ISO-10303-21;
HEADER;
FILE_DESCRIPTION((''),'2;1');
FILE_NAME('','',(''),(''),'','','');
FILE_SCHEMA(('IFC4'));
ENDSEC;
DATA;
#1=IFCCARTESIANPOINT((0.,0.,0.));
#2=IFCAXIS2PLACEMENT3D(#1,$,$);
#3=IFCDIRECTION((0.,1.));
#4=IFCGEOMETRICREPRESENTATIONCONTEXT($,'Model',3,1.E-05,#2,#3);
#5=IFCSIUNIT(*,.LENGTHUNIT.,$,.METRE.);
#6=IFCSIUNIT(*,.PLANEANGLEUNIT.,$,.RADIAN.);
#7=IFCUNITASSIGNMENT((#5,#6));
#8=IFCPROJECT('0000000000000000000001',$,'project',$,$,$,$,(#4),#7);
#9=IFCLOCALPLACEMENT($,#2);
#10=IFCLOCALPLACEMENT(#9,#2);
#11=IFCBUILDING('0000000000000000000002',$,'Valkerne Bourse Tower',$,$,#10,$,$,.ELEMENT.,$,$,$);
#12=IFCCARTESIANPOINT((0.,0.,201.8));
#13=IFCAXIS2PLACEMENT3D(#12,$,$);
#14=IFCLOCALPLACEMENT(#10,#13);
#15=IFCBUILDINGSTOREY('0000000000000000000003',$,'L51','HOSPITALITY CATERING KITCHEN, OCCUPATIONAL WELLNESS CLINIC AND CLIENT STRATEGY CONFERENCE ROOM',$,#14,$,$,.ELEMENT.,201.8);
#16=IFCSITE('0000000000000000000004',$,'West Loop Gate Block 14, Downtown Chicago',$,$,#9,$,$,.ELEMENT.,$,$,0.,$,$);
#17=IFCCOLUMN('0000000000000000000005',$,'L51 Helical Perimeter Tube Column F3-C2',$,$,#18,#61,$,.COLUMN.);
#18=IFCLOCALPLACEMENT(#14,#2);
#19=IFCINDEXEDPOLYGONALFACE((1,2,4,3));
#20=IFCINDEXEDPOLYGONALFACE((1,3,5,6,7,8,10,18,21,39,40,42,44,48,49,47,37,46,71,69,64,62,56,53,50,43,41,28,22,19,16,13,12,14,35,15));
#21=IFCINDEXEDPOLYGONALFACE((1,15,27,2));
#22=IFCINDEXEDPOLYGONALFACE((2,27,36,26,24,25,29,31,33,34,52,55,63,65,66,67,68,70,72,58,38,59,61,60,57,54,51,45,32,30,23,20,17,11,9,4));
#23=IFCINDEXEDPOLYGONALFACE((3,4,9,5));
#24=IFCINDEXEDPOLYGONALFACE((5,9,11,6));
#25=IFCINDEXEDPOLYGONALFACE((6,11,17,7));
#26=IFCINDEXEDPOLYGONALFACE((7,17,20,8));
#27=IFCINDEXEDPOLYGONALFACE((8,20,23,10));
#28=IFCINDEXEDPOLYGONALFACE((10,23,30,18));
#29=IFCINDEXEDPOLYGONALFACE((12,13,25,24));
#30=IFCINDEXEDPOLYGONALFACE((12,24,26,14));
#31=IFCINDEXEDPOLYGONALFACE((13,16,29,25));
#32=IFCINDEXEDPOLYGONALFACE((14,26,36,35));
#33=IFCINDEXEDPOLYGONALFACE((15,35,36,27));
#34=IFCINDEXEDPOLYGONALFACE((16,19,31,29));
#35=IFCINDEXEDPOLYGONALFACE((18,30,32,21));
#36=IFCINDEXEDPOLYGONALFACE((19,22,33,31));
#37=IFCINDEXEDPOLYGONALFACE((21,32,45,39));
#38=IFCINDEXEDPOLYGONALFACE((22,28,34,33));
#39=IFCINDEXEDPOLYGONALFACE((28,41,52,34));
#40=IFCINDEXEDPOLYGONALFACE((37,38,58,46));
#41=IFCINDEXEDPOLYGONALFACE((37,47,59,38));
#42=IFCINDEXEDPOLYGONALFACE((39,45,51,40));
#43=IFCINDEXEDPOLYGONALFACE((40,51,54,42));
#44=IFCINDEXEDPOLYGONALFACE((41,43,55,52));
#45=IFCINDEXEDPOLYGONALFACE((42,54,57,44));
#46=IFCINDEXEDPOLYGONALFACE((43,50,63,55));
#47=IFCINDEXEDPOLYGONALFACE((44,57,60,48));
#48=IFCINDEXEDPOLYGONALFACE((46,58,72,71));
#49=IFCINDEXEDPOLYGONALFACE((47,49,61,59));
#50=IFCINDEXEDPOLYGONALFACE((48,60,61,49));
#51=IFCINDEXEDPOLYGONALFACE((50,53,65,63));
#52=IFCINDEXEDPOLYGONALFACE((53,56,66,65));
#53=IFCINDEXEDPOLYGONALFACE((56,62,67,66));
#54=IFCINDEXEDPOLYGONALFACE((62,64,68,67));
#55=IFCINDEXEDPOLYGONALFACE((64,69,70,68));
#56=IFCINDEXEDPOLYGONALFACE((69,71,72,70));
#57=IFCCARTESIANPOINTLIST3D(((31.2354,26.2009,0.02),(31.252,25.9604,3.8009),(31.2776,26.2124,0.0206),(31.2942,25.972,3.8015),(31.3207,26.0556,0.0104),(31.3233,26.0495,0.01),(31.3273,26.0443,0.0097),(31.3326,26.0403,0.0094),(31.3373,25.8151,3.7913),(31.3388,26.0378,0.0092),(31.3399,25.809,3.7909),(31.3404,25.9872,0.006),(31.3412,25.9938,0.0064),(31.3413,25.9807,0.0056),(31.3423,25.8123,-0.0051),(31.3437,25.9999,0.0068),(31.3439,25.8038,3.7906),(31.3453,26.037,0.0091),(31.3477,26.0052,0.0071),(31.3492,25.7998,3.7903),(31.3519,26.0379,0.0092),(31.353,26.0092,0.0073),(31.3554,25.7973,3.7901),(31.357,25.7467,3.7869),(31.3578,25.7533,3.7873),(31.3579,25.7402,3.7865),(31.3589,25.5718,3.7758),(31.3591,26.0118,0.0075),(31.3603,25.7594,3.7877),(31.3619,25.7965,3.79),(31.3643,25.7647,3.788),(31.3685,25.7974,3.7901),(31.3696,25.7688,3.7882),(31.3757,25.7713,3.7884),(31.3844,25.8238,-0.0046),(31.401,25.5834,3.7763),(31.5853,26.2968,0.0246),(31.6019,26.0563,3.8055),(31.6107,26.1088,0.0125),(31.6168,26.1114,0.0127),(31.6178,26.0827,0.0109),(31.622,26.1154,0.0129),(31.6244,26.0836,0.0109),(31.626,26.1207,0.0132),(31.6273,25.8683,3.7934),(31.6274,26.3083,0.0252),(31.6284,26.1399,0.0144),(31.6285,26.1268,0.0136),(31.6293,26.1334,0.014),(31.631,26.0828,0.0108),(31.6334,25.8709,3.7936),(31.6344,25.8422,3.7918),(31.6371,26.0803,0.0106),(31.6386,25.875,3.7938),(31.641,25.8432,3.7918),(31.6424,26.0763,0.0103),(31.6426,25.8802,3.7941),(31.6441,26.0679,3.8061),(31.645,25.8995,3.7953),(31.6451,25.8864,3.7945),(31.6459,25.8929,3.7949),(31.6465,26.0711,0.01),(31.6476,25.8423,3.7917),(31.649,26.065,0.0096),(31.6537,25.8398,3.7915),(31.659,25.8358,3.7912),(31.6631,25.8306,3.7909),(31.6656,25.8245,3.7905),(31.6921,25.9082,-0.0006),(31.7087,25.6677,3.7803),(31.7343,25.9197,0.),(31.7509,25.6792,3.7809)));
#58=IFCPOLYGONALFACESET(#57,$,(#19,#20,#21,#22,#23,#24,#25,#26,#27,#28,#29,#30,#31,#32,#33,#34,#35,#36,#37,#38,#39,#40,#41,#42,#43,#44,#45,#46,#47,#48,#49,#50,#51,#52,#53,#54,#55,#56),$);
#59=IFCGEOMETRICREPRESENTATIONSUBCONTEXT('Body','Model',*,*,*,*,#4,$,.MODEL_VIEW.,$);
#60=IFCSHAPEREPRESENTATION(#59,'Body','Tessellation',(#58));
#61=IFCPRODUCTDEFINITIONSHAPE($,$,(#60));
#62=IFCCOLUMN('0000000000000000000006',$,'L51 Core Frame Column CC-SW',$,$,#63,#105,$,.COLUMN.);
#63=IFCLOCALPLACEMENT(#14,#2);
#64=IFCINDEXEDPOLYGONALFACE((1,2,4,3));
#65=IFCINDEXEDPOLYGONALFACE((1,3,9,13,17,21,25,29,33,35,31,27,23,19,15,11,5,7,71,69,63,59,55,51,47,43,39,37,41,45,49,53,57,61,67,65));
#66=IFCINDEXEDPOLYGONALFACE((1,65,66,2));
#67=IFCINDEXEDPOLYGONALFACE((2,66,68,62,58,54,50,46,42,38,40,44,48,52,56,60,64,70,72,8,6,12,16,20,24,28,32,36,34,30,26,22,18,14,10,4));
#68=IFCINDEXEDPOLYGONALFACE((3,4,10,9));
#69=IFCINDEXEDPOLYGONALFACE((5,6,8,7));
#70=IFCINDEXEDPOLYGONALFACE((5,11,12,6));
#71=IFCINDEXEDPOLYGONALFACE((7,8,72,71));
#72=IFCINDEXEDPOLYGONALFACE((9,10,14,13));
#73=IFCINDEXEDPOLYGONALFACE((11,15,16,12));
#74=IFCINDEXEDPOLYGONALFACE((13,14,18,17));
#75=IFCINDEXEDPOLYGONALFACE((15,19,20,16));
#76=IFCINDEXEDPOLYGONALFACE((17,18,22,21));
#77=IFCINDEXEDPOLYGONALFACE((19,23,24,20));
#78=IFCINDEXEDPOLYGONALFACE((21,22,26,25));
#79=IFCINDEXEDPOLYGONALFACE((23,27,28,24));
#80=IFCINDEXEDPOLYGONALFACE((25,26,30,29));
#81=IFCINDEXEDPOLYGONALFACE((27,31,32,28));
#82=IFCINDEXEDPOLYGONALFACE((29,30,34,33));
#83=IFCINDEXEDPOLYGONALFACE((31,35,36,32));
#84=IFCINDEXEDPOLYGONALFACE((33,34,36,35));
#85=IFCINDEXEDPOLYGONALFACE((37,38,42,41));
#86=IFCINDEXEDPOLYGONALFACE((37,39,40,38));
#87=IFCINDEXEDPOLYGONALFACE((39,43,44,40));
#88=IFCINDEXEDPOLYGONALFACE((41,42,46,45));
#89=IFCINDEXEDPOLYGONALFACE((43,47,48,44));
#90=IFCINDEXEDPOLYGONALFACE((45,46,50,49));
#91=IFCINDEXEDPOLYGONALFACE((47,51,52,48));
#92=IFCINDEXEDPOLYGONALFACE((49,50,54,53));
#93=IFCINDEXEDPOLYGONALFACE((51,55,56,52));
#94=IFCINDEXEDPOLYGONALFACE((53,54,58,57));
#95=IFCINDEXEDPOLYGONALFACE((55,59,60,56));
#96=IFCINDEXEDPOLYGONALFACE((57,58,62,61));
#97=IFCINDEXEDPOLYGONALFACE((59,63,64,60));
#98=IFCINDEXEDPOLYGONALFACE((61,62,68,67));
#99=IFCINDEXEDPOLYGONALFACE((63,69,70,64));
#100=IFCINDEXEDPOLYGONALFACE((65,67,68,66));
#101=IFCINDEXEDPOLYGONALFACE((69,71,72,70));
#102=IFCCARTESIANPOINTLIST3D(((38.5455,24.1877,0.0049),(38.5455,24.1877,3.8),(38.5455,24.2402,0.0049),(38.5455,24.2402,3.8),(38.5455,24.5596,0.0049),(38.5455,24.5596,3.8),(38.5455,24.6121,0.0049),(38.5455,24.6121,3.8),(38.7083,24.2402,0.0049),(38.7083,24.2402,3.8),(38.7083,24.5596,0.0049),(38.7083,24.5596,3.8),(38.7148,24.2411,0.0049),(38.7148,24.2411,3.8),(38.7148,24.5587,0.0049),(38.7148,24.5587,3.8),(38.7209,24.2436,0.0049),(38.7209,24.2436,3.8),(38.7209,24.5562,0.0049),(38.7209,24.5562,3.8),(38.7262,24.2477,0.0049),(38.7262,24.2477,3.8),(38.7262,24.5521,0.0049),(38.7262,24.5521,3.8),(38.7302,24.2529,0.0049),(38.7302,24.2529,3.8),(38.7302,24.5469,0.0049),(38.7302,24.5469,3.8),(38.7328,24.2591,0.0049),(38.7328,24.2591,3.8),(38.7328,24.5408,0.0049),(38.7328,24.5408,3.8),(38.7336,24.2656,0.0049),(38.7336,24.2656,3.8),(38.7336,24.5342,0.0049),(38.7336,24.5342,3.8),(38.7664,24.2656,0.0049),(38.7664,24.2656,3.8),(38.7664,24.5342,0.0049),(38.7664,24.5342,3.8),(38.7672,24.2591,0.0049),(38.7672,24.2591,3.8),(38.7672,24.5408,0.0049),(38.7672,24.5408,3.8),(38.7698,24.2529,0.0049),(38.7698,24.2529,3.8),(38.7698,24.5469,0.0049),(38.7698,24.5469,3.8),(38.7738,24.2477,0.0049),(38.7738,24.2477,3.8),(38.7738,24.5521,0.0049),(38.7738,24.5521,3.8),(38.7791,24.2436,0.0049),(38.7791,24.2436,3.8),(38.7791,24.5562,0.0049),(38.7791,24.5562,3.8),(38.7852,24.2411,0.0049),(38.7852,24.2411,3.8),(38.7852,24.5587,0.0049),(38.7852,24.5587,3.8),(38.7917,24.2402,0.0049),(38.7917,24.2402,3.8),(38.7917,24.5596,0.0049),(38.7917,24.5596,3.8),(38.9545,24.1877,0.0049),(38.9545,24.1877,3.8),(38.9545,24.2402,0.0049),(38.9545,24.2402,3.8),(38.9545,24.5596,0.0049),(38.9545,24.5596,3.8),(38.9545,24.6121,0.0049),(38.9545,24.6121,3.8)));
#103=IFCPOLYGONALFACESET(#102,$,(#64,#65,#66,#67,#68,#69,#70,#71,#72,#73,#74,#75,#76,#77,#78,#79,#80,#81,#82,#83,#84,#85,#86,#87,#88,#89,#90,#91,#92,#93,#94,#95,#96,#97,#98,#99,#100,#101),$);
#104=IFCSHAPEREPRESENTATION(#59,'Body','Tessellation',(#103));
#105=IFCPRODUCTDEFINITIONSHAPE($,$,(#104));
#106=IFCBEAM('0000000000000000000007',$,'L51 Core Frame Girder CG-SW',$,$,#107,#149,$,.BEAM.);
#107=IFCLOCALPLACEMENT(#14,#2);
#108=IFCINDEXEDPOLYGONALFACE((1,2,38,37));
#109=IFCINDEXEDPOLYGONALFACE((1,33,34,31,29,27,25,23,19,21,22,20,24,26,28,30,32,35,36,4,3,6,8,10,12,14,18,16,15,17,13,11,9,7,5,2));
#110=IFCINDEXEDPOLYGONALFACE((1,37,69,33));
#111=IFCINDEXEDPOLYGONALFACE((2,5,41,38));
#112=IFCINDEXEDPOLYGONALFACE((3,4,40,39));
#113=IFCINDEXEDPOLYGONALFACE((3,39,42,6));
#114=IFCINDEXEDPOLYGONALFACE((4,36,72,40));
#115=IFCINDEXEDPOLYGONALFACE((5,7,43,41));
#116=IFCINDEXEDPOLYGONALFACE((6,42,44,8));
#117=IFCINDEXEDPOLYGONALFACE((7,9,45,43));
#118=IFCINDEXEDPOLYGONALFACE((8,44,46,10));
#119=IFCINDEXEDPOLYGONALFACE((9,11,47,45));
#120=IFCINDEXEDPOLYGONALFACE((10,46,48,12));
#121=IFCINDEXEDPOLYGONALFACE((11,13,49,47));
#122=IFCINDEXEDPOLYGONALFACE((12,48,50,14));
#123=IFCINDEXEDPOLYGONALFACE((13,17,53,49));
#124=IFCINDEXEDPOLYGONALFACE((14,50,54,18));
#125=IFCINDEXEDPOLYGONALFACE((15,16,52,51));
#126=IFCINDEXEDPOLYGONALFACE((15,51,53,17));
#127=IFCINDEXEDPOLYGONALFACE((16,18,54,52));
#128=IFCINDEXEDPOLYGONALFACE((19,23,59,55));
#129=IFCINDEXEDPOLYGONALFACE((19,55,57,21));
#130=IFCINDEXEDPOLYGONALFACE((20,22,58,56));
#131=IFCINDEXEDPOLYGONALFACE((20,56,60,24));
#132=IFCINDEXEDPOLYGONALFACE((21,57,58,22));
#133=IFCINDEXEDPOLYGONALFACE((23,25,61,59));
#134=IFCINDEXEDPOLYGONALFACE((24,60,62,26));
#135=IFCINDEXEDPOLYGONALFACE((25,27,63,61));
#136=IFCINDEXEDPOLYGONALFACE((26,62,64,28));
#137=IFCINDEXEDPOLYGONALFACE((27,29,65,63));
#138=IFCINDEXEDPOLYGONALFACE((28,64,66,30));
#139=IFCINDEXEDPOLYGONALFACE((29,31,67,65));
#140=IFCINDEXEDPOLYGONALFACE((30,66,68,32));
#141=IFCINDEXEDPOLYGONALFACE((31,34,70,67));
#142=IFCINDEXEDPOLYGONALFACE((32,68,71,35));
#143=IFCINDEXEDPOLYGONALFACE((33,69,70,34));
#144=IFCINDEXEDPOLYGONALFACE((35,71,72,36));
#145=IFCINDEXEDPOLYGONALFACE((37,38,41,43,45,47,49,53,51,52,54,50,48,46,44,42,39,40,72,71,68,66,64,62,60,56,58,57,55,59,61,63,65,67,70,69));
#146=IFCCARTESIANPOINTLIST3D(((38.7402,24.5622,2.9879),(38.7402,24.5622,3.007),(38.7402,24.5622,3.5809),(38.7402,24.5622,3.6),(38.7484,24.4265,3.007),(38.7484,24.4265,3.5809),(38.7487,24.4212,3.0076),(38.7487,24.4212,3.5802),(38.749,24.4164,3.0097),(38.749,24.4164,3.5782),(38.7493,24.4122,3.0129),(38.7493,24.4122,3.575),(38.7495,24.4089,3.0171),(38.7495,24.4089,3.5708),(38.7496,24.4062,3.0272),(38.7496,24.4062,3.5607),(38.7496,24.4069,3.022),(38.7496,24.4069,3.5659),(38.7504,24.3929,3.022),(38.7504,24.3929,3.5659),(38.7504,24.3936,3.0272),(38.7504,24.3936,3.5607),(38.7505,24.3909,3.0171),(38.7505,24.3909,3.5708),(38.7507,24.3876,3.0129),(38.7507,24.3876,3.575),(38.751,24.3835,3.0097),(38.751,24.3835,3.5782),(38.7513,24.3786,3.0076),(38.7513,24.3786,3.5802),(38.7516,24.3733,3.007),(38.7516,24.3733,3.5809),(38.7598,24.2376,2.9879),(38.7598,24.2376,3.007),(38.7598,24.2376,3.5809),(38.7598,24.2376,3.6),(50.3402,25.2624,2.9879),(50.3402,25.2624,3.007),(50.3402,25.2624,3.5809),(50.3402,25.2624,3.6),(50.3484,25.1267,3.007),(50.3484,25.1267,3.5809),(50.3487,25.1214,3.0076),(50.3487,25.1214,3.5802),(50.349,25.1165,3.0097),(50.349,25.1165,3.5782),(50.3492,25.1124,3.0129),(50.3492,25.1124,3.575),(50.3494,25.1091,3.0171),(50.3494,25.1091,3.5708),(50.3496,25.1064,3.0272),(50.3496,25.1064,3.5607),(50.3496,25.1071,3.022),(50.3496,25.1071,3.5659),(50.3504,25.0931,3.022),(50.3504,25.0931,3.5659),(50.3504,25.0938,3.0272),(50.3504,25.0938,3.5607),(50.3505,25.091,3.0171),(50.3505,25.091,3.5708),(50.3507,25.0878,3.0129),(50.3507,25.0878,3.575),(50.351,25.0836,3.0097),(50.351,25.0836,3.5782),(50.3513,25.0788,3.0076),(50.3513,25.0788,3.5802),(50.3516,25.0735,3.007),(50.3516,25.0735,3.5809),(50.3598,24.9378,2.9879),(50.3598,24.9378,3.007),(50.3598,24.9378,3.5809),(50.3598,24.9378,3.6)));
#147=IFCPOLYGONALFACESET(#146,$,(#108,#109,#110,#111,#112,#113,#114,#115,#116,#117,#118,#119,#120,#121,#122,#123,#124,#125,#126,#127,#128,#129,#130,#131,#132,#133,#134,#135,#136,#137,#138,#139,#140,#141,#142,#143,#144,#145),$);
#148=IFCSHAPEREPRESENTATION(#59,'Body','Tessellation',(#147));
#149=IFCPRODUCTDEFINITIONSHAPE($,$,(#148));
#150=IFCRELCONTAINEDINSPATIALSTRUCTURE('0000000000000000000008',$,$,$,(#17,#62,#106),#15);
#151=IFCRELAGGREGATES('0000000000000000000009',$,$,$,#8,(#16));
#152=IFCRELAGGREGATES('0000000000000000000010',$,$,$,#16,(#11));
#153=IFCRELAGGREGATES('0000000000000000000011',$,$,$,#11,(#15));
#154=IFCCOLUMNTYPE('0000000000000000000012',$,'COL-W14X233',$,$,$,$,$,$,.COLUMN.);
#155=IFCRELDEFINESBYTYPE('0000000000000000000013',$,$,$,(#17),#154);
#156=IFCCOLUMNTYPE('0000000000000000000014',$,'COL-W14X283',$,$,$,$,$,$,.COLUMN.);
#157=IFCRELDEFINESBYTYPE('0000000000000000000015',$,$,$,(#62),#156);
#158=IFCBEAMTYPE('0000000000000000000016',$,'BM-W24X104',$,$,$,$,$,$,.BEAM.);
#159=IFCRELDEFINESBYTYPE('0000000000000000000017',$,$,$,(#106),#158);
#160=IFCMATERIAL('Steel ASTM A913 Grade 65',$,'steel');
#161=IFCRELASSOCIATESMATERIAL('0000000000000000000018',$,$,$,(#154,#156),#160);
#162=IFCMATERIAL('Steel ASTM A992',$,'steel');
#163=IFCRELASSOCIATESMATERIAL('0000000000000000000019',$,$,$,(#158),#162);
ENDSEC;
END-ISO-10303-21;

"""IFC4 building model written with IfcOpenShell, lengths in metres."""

from ifc_helpers import new_model, si_unit, direction, frame, origin, origin_2d, place, context, subcontext, project, spatial, i_section, extrude, material, material_profile, profile_set, type_object, element, save


model = new_model("IFC4")

# Units and contexts
model_context = context("Model", 3, precision=1e-05, world=origin(), true_north=direction((0.0, 1.0)))
body_context = subcontext(model_context, "Body", "Model", "MODEL_VIEW")
ifc_project = project(units=[si_unit("LENGTHUNIT", "METRE"), si_unit("PLANEANGLEUNIT", "RADIAN")], contexts=[model_context])

# Site, building, storey
site_placement = place(None, origin())
site = spatial("IfcSite", under=ifc_project, at=site_placement, Name="West Loop Gate Block 14, Downtown Chicago", CompositionType="ELEMENT", RefElevation=0.0)
building_placement = place(site_placement, origin())
building = spatial("IfcBuilding", under=site, at=building_placement, Name="Valkerne Bourse Tower", CompositionType="ELEMENT")
storey_placement = place(building_placement, frame((0.0, 0.0, 201.8)))
storey = spatial("IfcBuildingStorey", under=building, at=storey_placement, Name="L51", Description="HOSPITALITY CATERING KITCHEN, OCCUPATIONAL WELLNESS CLINIC AND CLIENT STRATEGY CONFERENCE ROOM", CompositionType="ELEMENT", Elevation=201.8)

# Columns
ifc_material_1 = material(Name="Steel ASTM A913 Grade 65", Category="steel")
ifc_material_profile_1 = material_profile(ifc_material_1, i_section(OverallWidth=0.4038, OverallDepth=0.4065, WebThickness=0.0271, FlangeThickness=0.0437, FilletRadius=0.0254, at=origin_2d()), Name="W14X233")
ifc_profile_set_1 = profile_set([ifc_material_profile_1], Name="Steel ASTM A913 Grade 65")
column_type_1 = type_object("IfcColumnType", Name="COL-W14X233", PredefinedType="COLUMN", material=ifc_profile_set_1)
column_1_placement = place(storey_placement, frame((31.4849, 26.0603, 0.01), z_axis=(0.004382, -0.063473, 0.997974), x_axis=(0.264564, -0.962349, -0.062369)))
element("IfcColumn", 1, at=column_1_placement, inside=storey, type_object=column_type_1, Name="L51 Helical Perimeter Tube Column F3-C2", PredefinedType="COLUMN", context=body_context, shape_type="SweptSolid", body=[
    extrude(i_section(OverallWidth=0.4038, OverallDepth=0.4065, WebThickness=0.0271, FlangeThickness=0.0437, FilletRadius=0.0254, at=origin_2d()), origin(), (0.0, 0.0, 1.0), 3.7886),
])
ifc_material_profile_2 = material_profile(ifc_material_1, i_section(OverallWidth=0.4089, OverallDepth=0.4243, WebThickness=0.0327, FlangeThickness=0.0525, FilletRadius=0.0254, at=origin_2d()), Name="W14X283")
ifc_profile_set_2 = profile_set([ifc_material_profile_2], Name="Steel ASTM A913 Grade 65")
column_type_2 = type_object("IfcColumnType", Name="COL-W14X283", PredefinedType="COLUMN", material=ifc_profile_set_2)
column_2_placement = place(storey_placement, frame((38.75, 24.3999, 0.0049), z_axis=(0.0, 0.0, 1.0), x_axis=(1.0, 0.0, 0.0)))
element("IfcColumn", 2, at=column_2_placement, inside=storey, type_object=column_type_2, Name="L51 Core Frame Column CC-SW", PredefinedType="COLUMN", context=body_context, shape_type="SweptSolid", body=[
    extrude(i_section(OverallWidth=0.4089, OverallDepth=0.4243, WebThickness=0.0327, FlangeThickness=0.0525, FilletRadius=0.0254, at=origin_2d()), origin(), (0.0, 0.0, 1.0), 3.7952),
])

# Beam
ifc_material_2 = material(Name="Steel ASTM A992", Category="steel")
ifc_material_profile_3 = material_profile(ifc_material_2, i_section(OverallWidth=0.3252, OverallDepth=0.6121, WebThickness=0.0127, FlangeThickness=0.019, FilletRadius=0.0203, at=origin_2d()), Name="W24X104")
ifc_profile_set_3 = profile_set([ifc_material_profile_3], Name="Steel ASTM A992")
beam_type_1 = type_object("IfcBeamType", Name="BM-W24X104", PredefinedType="BEAM", material=ifc_profile_set_3)
beam_1_placement = place(storey_placement, frame((38.75, 24.3999, 3.2939), z_axis=(0.998183, 0.060251, 0.0), x_axis=(-0.060251, 0.998183, 0.0)))
element("IfcBeam", 3, at=beam_1_placement, inside=storey, type_object=beam_type_1, Name="L51 Core Frame Girder CG-SW", PredefinedType="BEAM", context=body_context, shape_type="SweptSolid", body=[
    extrude(i_section(OverallWidth=0.3252, OverallDepth=0.6121, WebThickness=0.0127, FlangeThickness=0.019, FilletRadius=0.0203, at=origin_2d()), origin(), (0.0, 0.0, 1.0), 11.6211),
])

save(model, "model.ifc")
